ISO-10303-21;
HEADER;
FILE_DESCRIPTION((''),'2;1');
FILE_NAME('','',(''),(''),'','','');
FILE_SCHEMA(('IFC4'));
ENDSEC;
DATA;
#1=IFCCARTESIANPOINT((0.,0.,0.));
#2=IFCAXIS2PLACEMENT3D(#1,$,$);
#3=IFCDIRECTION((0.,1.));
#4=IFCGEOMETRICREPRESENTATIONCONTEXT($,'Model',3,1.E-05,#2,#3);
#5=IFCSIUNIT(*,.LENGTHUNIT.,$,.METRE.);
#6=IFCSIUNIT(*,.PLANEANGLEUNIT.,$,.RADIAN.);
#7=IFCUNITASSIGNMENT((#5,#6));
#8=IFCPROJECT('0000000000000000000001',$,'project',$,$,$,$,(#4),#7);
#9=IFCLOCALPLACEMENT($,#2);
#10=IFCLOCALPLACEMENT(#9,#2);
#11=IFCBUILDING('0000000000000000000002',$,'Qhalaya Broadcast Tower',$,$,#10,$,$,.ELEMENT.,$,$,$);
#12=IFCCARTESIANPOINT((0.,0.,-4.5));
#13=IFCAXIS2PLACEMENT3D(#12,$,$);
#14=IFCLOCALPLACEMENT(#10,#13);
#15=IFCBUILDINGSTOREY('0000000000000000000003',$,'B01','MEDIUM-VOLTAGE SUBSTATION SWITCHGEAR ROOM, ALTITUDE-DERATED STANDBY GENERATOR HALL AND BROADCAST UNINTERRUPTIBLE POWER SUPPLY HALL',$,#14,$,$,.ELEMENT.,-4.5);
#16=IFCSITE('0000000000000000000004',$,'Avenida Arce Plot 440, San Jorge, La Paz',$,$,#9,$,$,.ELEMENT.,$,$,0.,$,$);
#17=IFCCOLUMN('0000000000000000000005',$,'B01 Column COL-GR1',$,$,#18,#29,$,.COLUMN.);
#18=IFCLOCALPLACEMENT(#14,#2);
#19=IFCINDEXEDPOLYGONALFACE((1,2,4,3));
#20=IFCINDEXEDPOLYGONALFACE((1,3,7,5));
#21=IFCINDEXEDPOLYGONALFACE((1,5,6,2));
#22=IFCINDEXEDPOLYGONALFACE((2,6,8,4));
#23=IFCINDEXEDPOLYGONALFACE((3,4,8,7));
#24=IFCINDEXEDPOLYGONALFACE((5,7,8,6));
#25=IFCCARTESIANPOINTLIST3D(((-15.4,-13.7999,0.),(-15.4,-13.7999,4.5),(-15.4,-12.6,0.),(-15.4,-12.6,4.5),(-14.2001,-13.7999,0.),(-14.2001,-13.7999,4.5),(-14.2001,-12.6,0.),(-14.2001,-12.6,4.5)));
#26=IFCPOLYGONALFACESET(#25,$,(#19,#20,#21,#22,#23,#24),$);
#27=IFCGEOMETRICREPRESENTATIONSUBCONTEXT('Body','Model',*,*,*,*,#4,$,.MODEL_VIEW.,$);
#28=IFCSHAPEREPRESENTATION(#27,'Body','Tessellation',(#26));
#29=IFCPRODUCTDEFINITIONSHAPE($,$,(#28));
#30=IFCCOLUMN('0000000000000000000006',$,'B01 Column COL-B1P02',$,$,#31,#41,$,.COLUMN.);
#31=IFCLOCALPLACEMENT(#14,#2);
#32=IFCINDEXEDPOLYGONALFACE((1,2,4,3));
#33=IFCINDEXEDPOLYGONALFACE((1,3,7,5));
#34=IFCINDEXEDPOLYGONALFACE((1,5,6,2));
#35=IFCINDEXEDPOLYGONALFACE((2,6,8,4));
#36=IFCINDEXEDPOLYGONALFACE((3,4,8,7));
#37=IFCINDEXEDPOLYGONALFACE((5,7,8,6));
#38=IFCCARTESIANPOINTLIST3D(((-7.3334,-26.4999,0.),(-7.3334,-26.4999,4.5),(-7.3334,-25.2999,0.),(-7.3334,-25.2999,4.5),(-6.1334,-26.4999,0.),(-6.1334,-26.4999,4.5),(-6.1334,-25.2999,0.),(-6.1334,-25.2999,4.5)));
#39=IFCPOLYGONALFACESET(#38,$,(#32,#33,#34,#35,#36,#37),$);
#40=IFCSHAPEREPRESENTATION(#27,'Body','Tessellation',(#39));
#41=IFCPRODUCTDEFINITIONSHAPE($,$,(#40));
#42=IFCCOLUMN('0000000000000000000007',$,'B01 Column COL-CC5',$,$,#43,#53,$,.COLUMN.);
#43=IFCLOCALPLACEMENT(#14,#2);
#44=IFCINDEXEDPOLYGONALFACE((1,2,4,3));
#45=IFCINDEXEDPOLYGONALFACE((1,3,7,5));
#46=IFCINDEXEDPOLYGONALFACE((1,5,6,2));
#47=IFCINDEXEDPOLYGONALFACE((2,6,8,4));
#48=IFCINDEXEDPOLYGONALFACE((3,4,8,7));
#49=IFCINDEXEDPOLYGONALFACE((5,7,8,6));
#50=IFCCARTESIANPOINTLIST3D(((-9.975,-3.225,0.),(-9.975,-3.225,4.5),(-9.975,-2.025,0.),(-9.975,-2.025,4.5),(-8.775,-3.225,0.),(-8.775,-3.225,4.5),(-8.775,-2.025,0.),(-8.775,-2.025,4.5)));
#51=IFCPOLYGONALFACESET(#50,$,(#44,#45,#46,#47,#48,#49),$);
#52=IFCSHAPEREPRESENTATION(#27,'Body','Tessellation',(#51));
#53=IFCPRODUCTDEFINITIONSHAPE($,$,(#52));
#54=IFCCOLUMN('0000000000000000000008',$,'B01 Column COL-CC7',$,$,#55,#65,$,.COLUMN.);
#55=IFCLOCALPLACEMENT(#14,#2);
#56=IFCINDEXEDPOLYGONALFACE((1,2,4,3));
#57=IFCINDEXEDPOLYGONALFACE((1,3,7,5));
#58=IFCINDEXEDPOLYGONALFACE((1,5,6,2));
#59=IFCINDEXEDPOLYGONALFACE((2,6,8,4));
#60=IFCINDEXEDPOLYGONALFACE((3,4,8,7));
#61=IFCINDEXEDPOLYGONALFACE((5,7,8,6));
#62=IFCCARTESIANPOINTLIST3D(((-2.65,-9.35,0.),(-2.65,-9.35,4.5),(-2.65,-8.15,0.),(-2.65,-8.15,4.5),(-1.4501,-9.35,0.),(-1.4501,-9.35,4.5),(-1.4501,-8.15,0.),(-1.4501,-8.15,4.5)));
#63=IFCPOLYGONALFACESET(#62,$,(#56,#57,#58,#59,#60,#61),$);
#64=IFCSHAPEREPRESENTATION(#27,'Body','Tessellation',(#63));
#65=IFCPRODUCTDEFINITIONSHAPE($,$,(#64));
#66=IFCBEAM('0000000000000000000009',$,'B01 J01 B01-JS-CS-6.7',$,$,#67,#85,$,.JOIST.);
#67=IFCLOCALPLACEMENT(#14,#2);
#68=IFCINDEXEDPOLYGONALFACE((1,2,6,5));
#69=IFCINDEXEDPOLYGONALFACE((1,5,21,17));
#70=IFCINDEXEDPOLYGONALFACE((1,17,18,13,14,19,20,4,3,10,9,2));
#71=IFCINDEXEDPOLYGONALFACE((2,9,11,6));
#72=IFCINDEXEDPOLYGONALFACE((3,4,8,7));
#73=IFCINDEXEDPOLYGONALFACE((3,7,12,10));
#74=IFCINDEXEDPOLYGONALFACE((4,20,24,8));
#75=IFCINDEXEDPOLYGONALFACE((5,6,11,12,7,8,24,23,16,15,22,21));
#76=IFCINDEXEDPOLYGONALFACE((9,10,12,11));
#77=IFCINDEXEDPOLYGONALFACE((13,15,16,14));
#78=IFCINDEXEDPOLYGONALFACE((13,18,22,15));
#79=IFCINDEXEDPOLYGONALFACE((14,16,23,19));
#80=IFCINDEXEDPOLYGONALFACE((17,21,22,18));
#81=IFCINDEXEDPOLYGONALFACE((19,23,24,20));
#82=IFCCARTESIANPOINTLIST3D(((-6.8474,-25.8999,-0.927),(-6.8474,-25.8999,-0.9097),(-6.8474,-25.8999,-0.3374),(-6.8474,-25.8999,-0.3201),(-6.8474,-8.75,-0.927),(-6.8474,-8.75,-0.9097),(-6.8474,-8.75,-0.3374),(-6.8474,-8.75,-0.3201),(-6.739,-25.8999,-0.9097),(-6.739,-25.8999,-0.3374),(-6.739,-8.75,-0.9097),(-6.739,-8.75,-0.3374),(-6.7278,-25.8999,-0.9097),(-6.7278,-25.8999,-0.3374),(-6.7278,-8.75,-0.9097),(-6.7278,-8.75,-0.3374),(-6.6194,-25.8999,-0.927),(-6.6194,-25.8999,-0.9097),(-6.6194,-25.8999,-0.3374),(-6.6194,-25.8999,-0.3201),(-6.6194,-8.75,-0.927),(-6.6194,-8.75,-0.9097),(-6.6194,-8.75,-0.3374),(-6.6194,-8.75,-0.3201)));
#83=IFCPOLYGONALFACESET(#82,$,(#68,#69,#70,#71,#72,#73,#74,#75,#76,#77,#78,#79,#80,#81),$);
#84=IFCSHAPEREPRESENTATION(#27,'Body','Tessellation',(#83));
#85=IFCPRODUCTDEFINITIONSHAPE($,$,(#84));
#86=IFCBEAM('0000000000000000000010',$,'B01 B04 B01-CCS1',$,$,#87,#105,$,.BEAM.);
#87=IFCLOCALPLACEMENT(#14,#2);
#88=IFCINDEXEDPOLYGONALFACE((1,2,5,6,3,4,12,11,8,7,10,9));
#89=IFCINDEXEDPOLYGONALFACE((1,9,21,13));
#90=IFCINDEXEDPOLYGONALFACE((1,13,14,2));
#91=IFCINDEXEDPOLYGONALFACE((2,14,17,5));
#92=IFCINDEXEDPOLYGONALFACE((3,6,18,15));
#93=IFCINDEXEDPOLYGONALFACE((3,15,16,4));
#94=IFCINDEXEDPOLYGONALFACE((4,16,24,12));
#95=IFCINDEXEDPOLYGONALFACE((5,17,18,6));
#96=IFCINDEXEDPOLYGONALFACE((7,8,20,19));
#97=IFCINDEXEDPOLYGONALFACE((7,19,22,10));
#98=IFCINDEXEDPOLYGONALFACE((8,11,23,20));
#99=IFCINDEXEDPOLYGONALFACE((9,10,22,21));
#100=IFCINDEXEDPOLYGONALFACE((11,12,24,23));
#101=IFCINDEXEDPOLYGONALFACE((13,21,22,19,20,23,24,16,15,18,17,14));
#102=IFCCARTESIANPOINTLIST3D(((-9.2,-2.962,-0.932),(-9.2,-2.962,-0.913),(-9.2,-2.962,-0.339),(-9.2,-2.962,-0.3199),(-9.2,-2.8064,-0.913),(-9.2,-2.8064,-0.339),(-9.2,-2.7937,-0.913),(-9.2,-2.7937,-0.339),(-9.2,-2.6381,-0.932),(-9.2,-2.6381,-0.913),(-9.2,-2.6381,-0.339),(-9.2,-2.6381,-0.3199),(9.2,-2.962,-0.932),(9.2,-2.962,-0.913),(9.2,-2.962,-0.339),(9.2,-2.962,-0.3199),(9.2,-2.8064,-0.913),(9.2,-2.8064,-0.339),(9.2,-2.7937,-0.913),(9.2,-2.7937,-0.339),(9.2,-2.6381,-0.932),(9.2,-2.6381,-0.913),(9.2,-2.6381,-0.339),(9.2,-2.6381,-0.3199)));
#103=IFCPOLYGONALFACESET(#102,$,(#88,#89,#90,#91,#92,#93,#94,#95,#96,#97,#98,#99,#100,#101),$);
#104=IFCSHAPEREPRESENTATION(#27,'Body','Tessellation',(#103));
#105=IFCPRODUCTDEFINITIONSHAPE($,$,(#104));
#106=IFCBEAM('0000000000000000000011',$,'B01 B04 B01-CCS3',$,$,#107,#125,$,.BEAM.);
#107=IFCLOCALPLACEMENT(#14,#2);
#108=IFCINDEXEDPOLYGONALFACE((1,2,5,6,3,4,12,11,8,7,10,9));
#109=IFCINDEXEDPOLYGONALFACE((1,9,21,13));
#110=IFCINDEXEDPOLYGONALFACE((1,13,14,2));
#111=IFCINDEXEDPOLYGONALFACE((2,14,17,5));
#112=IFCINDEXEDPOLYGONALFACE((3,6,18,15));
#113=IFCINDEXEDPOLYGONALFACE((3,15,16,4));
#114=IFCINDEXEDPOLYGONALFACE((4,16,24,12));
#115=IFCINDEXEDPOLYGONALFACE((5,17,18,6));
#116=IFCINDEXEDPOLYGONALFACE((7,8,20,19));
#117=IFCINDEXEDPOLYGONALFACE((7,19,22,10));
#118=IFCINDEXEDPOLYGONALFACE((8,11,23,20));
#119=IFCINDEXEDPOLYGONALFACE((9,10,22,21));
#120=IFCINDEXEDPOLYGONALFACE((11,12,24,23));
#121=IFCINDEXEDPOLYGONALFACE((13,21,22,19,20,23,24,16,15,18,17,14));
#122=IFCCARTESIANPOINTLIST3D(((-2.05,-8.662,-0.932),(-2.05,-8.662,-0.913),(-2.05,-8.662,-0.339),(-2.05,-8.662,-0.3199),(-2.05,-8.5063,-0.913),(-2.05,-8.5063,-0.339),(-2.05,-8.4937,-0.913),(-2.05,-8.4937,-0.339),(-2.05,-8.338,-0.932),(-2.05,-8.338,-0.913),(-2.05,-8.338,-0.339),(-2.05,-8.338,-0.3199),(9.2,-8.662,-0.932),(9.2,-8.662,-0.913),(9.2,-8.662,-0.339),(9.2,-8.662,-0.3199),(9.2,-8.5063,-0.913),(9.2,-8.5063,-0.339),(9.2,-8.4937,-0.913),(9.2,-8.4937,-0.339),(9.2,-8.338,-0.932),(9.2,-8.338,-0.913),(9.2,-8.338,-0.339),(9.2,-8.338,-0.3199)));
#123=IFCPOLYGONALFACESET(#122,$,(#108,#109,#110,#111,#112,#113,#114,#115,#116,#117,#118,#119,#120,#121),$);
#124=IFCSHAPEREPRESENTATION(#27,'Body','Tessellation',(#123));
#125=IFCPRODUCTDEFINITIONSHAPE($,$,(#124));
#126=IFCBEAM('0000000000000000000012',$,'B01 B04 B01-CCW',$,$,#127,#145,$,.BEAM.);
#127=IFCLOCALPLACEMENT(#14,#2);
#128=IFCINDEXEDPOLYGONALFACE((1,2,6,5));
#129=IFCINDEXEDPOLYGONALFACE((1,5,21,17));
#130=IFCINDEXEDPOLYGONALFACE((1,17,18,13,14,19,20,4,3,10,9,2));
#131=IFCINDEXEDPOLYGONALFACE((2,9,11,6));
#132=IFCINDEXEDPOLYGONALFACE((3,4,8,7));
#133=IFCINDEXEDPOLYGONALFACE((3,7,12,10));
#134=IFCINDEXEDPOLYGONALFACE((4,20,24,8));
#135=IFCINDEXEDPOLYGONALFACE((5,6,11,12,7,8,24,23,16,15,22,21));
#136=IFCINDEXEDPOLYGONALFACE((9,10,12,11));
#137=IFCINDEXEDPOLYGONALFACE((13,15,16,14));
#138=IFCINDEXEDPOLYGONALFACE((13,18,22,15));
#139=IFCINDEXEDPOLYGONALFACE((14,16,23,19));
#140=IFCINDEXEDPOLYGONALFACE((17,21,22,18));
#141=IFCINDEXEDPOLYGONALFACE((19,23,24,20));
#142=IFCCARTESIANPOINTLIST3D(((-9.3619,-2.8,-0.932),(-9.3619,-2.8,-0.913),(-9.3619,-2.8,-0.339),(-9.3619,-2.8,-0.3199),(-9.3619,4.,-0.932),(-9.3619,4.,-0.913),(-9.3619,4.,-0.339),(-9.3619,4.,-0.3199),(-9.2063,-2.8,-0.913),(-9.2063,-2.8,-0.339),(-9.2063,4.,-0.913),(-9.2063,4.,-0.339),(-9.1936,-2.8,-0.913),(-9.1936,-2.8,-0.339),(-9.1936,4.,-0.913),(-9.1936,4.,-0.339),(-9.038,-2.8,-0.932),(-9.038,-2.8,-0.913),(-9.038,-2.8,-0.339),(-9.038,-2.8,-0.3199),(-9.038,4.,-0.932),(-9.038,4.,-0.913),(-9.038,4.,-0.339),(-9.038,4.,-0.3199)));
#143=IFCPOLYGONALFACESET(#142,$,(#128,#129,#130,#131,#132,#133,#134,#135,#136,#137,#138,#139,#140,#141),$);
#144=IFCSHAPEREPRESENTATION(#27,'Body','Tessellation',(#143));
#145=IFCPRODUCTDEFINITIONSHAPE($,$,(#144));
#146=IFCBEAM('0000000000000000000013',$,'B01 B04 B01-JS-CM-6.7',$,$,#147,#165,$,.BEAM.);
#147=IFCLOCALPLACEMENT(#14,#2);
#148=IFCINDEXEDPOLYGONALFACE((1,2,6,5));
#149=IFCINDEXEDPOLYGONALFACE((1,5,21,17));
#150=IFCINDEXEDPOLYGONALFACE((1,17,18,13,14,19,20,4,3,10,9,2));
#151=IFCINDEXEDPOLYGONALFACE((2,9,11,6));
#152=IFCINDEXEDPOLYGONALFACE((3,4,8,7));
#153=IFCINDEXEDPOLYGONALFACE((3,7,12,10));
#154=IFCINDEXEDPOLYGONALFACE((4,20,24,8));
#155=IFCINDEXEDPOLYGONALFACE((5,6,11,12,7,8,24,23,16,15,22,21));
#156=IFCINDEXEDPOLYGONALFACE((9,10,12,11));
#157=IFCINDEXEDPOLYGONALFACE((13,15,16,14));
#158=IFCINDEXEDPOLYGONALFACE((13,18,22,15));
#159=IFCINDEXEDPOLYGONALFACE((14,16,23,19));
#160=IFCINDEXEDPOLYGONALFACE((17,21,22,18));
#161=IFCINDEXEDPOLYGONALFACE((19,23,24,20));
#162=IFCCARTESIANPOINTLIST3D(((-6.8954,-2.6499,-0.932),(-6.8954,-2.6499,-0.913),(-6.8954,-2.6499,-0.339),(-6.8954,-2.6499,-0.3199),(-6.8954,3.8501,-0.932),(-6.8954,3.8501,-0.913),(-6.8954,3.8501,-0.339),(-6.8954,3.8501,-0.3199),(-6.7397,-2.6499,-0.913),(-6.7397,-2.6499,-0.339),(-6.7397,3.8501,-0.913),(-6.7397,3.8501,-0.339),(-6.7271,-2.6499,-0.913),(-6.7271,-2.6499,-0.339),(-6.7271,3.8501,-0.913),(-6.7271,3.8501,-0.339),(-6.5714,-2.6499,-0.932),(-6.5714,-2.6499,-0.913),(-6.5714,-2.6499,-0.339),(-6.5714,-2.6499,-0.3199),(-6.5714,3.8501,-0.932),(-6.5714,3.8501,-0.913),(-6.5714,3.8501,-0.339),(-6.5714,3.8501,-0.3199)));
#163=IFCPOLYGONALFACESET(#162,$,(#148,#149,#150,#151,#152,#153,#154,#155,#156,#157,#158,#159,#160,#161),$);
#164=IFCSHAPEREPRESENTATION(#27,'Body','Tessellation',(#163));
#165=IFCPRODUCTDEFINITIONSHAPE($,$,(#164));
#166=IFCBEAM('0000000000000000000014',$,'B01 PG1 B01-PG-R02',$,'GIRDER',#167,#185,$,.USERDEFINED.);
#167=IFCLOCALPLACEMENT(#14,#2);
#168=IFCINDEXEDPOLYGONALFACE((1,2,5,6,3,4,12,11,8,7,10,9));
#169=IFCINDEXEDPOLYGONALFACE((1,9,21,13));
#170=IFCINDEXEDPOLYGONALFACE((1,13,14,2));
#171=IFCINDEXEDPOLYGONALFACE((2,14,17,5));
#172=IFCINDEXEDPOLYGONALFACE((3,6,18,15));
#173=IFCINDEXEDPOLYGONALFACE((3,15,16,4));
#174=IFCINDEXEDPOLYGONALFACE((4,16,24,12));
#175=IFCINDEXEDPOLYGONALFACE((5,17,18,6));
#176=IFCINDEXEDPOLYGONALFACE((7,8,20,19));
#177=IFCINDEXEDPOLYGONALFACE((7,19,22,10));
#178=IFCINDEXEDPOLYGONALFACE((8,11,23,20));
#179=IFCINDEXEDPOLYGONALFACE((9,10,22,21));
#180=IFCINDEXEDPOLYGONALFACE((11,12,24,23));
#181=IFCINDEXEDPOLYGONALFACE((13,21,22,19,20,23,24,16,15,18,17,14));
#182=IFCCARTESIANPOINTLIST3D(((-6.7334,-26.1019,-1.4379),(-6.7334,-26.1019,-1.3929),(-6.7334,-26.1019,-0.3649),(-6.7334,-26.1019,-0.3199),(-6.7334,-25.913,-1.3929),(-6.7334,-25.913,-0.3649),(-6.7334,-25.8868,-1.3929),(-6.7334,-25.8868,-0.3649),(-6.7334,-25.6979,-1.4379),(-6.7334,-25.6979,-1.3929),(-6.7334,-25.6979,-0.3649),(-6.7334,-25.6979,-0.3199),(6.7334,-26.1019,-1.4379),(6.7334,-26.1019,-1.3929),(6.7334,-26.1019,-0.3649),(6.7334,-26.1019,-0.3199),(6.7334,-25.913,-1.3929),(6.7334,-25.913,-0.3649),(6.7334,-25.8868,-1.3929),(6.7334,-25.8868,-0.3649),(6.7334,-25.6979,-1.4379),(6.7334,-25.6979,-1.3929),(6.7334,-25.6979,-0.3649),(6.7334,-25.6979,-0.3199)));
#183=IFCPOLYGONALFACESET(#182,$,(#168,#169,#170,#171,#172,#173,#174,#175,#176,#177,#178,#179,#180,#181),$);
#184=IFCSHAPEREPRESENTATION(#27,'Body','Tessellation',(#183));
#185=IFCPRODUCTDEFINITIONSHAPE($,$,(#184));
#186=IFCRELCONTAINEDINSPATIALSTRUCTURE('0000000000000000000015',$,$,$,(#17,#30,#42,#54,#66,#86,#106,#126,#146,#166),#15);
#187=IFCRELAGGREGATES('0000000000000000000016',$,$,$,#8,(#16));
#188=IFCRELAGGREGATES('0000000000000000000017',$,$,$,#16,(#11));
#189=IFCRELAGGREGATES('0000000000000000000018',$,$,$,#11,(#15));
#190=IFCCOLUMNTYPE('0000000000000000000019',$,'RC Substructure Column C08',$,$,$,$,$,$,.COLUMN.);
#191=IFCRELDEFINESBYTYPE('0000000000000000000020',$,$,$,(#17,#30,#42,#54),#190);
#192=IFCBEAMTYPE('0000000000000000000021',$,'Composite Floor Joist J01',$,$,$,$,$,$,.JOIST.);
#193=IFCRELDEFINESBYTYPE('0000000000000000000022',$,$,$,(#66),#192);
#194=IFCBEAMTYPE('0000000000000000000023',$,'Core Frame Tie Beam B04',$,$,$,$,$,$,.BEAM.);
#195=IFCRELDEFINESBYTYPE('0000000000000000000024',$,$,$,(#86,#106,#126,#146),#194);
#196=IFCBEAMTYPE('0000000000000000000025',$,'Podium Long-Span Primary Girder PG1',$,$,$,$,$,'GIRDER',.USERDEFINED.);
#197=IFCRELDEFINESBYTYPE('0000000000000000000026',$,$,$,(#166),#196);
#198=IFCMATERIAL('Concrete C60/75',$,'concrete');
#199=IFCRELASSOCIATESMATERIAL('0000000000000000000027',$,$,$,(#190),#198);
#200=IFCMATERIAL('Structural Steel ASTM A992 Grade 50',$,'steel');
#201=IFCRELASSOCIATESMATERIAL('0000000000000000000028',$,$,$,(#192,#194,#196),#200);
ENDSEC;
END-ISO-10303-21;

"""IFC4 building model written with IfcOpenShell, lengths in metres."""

from ifc_helpers import new_model, si_unit, direction, frame, origin, origin_2d, place, context, subcontext, project, spatial, rectangle, i_section, extrude, material, material_profile, profile_set, type_object, element, save


model = new_model("IFC4")

# Units and contexts
model_context = context("Model", 3, precision=1e-05, world=origin(), true_north=direction((0.0, 1.0)))
body_context = subcontext(model_context, "Body", "Model", "MODEL_VIEW")
ifc_project = project(units=[si_unit("LENGTHUNIT", "METRE"), si_unit("PLANEANGLEUNIT", "RADIAN")], contexts=[model_context])

# Site, building, storey
site_placement = place(None, origin())
site = spatial("IfcSite", under=ifc_project, at=site_placement, Name="Avenida Arce Plot 440, San Jorge, La Paz", CompositionType="ELEMENT", RefElevation=0.0)
building_placement = place(site_placement, origin())
building = spatial("IfcBuilding", under=site, at=building_placement, Name="Qhalaya Broadcast Tower", CompositionType="ELEMENT")
storey_placement = place(building_placement, frame((0.0, 0.0, -4.5)))
storey = spatial("IfcBuildingStorey", under=building, at=storey_placement, Name="B01", Description="MEDIUM-VOLTAGE SUBSTATION SWITCHGEAR ROOM, ALTITUDE-DERATED STANDBY GENERATOR HALL AND BROADCAST UNINTERRUPTIBLE POWER SUPPLY HALL", CompositionType="ELEMENT", Elevation=-4.5)

# Columns
ifc_material_1 = material(Name="Concrete C60/75", Category="concrete")
ifc_material_profile_1 = material_profile(ifc_material_1, rectangle(XDim=1.2, YDim=1.2, at=origin_2d()), Name="RC-COL 1200x1200")
ifc_profile_set_1 = profile_set([ifc_material_profile_1], Name="Concrete C60/75")
column_type = type_object("IfcColumnType", Name="RC Substructure Column C08", PredefinedType="COLUMN", material=ifc_profile_set_1)
for number, where, z_axis, x_axis, name in (
    (1, (-14.8, -13.2, 0.0), (0.0, 0.0, 1.0), (1.0, 0.0, 0.0), "B01 Column COL-GR1"),
    (2, (-6.7334, -25.8999, 0.0), (0.0, 0.0, 1.0), (1.0, 0.0, 0.0), "B01 Column COL-B1P02"),
    (3, (-9.375, -2.625, 0.0), (0.0, 0.0, 1.0), (1.0, 0.0, 0.0), "B01 Column COL-CC5"),
    (4, (-2.05, -8.75, 0.0), (0.0, 0.0, 1.0), (1.0, 0.0, 0.0), "B01 Column COL-CC7"),
):
    element("IfcColumn", number, at=place(storey_placement, frame(where, z_axis=z_axis, x_axis=x_axis)), inside=storey, type_object=column_type, Name=name, PredefinedType="COLUMN", context=body_context, shape_type="SweptSolid", body=[
        extrude(rectangle(XDim=1.2, YDim=1.2, at=origin_2d()), origin(), (0.0, 0.0, 1.0), 4.5),
    ])

# Beams
ifc_material_2 = material(Name="Structural Steel ASTM A992 Grade 50", Category="steel")
ifc_material_profile_2 = material_profile(ifc_material_2, i_section(OverallWidth=0.228, OverallDepth=0.6069, WebThickness=0.0112, FlangeThickness=0.0173, at=origin_2d()), Name="W24X76")
ifc_profile_set_2 = profile_set([ifc_material_profile_2], Name="Structural Steel ASTM A992 Grade 50")
beam_type_1 = type_object("IfcBeamType", Name="Composite Floor Joist J01", PredefinedType="JOIST", material=ifc_profile_set_2)
beam_1_placement = place(storey_placement, frame((-6.7334, -25.8999, -0.6235), z_axis=(0.0, 1.0, 0.0), x_axis=(-1.0, 0.0, 0.0)))
element("IfcBeam", 5, at=beam_1_placement, inside=storey, type_object=beam_type_1, Name="B01 J01 B01-JS-CS-6.7", PredefinedType="JOIST", context=body_context, shape_type="SweptSolid", body=[
    extrude(i_section(OverallWidth=0.228, OverallDepth=0.6069, WebThickness=0.0112, FlangeThickness=0.0173, at=origin_2d()), origin(), (0.0, 0.0, 1.0), 17.1499),
])
ifc_material_profile_3 = material_profile(ifc_material_2, i_section(OverallWidth=0.324, OverallDepth=0.6121, WebThickness=0.0127, FlangeThickness=0.019, at=origin_2d()), Name="W24X104")
ifc_profile_set_3 = profile_set([ifc_material_profile_3], Name="Structural Steel ASTM A992 Grade 50")
beam_type_2 = type_object("IfcBeamType", Name="Core Frame Tie Beam B04", PredefinedType="BEAM", material=ifc_profile_set_3)
beam_2_placement = place(storey_placement, frame((-9.2, -2.8, -0.626), z_axis=(1.0, 0.0, 0.0), x_axis=(0.0, 1.0, 0.0)))
element("IfcBeam", 6, at=beam_2_placement, inside=storey, type_object=beam_type_2, Name="B01 B04 B01-CCS1", PredefinedType="BEAM", context=body_context, shape_type="SweptSolid", body=[
    extrude(i_section(OverallWidth=0.324, OverallDepth=0.6121, WebThickness=0.0127, FlangeThickness=0.019, at=origin_2d()), origin(), (0.0, 0.0, 1.0), 18.3999),
])
beam_3_placement = place(storey_placement, frame((-2.05, -8.5, -0.626), z_axis=(1.0, 0.0, 0.0), x_axis=(0.0, 1.0, 0.0)))
element("IfcBeam", 7, at=beam_3_placement, inside=storey, type_object=beam_type_2, Name="B01 B04 B01-CCS3", PredefinedType="BEAM", context=body_context, shape_type="SweptSolid", body=[
    extrude(i_section(OverallWidth=0.324, OverallDepth=0.6121, WebThickness=0.0127, FlangeThickness=0.019, at=origin_2d()), origin(), (0.0, 0.0, 1.0), 11.25),
])
beam_4_placement = place(storey_placement, frame((-9.2, -2.8, -0.626), z_axis=(0.0, 1.0, 0.0), x_axis=(-1.0, 0.0, 0.0)))
element("IfcBeam", 8, at=beam_4_placement, inside=storey, type_object=beam_type_2, Name="B01 B04 B01-CCW", PredefinedType="BEAM", context=body_context, shape_type="SweptSolid", body=[
    extrude(i_section(OverallWidth=0.324, OverallDepth=0.6121, WebThickness=0.0127, FlangeThickness=0.019, at=origin_2d()), origin(), (0.0, 0.0, 1.0), 6.8),
])
beam_5_placement = place(storey_placement, frame((-6.7334, -2.6499, -0.626), z_axis=(0.0, 1.0, 0.0), x_axis=(-1.0, 0.0, 0.0)))
element("IfcBeam", 9, at=beam_5_placement, inside=storey, type_object=beam_type_2, Name="B01 B04 B01-JS-CM-6.7", PredefinedType="BEAM", context=body_context, shape_type="SweptSolid", body=[
    extrude(i_section(OverallWidth=0.324, OverallDepth=0.6121, WebThickness=0.0127, FlangeThickness=0.019, at=origin_2d()), origin(), (0.0, 0.0, 1.0), 6.5),
])
ifc_material_profile_4 = material_profile(ifc_material_2, i_section(OverallWidth=0.4041, OverallDepth=1.1179, WebThickness=0.0261, FlangeThickness=0.0449, at=origin_2d()), Name="W44X335")
ifc_profile_set_4 = profile_set([ifc_material_profile_4], Name="Structural Steel ASTM A992 Grade 50")
beam_type_3 = type_object("IfcBeamType", Name="Podium Long-Span Primary Girder PG1", ElementType="GIRDER", PredefinedType="USERDEFINED", material=ifc_profile_set_4)
beam_6_placement = place(storey_placement, frame((-6.7334, -25.8999, -0.8789), z_axis=(1.0, 0.0, 0.0), x_axis=(0.0, 1.0, 0.0)))
element("IfcBeam", 10, at=beam_6_placement, inside=storey, type_object=beam_type_3, Name="B01 PG1 B01-PG-R02", ObjectType="GIRDER", PredefinedType="USERDEFINED", context=body_context, shape_type="SweptSolid", body=[
    extrude(i_section(OverallWidth=0.4041, OverallDepth=1.1179, WebThickness=0.0261, FlangeThickness=0.0449, at=origin_2d()), origin(), (0.0, 0.0, 1.0), 13.4668),
])

save(model, "model.ifc")
